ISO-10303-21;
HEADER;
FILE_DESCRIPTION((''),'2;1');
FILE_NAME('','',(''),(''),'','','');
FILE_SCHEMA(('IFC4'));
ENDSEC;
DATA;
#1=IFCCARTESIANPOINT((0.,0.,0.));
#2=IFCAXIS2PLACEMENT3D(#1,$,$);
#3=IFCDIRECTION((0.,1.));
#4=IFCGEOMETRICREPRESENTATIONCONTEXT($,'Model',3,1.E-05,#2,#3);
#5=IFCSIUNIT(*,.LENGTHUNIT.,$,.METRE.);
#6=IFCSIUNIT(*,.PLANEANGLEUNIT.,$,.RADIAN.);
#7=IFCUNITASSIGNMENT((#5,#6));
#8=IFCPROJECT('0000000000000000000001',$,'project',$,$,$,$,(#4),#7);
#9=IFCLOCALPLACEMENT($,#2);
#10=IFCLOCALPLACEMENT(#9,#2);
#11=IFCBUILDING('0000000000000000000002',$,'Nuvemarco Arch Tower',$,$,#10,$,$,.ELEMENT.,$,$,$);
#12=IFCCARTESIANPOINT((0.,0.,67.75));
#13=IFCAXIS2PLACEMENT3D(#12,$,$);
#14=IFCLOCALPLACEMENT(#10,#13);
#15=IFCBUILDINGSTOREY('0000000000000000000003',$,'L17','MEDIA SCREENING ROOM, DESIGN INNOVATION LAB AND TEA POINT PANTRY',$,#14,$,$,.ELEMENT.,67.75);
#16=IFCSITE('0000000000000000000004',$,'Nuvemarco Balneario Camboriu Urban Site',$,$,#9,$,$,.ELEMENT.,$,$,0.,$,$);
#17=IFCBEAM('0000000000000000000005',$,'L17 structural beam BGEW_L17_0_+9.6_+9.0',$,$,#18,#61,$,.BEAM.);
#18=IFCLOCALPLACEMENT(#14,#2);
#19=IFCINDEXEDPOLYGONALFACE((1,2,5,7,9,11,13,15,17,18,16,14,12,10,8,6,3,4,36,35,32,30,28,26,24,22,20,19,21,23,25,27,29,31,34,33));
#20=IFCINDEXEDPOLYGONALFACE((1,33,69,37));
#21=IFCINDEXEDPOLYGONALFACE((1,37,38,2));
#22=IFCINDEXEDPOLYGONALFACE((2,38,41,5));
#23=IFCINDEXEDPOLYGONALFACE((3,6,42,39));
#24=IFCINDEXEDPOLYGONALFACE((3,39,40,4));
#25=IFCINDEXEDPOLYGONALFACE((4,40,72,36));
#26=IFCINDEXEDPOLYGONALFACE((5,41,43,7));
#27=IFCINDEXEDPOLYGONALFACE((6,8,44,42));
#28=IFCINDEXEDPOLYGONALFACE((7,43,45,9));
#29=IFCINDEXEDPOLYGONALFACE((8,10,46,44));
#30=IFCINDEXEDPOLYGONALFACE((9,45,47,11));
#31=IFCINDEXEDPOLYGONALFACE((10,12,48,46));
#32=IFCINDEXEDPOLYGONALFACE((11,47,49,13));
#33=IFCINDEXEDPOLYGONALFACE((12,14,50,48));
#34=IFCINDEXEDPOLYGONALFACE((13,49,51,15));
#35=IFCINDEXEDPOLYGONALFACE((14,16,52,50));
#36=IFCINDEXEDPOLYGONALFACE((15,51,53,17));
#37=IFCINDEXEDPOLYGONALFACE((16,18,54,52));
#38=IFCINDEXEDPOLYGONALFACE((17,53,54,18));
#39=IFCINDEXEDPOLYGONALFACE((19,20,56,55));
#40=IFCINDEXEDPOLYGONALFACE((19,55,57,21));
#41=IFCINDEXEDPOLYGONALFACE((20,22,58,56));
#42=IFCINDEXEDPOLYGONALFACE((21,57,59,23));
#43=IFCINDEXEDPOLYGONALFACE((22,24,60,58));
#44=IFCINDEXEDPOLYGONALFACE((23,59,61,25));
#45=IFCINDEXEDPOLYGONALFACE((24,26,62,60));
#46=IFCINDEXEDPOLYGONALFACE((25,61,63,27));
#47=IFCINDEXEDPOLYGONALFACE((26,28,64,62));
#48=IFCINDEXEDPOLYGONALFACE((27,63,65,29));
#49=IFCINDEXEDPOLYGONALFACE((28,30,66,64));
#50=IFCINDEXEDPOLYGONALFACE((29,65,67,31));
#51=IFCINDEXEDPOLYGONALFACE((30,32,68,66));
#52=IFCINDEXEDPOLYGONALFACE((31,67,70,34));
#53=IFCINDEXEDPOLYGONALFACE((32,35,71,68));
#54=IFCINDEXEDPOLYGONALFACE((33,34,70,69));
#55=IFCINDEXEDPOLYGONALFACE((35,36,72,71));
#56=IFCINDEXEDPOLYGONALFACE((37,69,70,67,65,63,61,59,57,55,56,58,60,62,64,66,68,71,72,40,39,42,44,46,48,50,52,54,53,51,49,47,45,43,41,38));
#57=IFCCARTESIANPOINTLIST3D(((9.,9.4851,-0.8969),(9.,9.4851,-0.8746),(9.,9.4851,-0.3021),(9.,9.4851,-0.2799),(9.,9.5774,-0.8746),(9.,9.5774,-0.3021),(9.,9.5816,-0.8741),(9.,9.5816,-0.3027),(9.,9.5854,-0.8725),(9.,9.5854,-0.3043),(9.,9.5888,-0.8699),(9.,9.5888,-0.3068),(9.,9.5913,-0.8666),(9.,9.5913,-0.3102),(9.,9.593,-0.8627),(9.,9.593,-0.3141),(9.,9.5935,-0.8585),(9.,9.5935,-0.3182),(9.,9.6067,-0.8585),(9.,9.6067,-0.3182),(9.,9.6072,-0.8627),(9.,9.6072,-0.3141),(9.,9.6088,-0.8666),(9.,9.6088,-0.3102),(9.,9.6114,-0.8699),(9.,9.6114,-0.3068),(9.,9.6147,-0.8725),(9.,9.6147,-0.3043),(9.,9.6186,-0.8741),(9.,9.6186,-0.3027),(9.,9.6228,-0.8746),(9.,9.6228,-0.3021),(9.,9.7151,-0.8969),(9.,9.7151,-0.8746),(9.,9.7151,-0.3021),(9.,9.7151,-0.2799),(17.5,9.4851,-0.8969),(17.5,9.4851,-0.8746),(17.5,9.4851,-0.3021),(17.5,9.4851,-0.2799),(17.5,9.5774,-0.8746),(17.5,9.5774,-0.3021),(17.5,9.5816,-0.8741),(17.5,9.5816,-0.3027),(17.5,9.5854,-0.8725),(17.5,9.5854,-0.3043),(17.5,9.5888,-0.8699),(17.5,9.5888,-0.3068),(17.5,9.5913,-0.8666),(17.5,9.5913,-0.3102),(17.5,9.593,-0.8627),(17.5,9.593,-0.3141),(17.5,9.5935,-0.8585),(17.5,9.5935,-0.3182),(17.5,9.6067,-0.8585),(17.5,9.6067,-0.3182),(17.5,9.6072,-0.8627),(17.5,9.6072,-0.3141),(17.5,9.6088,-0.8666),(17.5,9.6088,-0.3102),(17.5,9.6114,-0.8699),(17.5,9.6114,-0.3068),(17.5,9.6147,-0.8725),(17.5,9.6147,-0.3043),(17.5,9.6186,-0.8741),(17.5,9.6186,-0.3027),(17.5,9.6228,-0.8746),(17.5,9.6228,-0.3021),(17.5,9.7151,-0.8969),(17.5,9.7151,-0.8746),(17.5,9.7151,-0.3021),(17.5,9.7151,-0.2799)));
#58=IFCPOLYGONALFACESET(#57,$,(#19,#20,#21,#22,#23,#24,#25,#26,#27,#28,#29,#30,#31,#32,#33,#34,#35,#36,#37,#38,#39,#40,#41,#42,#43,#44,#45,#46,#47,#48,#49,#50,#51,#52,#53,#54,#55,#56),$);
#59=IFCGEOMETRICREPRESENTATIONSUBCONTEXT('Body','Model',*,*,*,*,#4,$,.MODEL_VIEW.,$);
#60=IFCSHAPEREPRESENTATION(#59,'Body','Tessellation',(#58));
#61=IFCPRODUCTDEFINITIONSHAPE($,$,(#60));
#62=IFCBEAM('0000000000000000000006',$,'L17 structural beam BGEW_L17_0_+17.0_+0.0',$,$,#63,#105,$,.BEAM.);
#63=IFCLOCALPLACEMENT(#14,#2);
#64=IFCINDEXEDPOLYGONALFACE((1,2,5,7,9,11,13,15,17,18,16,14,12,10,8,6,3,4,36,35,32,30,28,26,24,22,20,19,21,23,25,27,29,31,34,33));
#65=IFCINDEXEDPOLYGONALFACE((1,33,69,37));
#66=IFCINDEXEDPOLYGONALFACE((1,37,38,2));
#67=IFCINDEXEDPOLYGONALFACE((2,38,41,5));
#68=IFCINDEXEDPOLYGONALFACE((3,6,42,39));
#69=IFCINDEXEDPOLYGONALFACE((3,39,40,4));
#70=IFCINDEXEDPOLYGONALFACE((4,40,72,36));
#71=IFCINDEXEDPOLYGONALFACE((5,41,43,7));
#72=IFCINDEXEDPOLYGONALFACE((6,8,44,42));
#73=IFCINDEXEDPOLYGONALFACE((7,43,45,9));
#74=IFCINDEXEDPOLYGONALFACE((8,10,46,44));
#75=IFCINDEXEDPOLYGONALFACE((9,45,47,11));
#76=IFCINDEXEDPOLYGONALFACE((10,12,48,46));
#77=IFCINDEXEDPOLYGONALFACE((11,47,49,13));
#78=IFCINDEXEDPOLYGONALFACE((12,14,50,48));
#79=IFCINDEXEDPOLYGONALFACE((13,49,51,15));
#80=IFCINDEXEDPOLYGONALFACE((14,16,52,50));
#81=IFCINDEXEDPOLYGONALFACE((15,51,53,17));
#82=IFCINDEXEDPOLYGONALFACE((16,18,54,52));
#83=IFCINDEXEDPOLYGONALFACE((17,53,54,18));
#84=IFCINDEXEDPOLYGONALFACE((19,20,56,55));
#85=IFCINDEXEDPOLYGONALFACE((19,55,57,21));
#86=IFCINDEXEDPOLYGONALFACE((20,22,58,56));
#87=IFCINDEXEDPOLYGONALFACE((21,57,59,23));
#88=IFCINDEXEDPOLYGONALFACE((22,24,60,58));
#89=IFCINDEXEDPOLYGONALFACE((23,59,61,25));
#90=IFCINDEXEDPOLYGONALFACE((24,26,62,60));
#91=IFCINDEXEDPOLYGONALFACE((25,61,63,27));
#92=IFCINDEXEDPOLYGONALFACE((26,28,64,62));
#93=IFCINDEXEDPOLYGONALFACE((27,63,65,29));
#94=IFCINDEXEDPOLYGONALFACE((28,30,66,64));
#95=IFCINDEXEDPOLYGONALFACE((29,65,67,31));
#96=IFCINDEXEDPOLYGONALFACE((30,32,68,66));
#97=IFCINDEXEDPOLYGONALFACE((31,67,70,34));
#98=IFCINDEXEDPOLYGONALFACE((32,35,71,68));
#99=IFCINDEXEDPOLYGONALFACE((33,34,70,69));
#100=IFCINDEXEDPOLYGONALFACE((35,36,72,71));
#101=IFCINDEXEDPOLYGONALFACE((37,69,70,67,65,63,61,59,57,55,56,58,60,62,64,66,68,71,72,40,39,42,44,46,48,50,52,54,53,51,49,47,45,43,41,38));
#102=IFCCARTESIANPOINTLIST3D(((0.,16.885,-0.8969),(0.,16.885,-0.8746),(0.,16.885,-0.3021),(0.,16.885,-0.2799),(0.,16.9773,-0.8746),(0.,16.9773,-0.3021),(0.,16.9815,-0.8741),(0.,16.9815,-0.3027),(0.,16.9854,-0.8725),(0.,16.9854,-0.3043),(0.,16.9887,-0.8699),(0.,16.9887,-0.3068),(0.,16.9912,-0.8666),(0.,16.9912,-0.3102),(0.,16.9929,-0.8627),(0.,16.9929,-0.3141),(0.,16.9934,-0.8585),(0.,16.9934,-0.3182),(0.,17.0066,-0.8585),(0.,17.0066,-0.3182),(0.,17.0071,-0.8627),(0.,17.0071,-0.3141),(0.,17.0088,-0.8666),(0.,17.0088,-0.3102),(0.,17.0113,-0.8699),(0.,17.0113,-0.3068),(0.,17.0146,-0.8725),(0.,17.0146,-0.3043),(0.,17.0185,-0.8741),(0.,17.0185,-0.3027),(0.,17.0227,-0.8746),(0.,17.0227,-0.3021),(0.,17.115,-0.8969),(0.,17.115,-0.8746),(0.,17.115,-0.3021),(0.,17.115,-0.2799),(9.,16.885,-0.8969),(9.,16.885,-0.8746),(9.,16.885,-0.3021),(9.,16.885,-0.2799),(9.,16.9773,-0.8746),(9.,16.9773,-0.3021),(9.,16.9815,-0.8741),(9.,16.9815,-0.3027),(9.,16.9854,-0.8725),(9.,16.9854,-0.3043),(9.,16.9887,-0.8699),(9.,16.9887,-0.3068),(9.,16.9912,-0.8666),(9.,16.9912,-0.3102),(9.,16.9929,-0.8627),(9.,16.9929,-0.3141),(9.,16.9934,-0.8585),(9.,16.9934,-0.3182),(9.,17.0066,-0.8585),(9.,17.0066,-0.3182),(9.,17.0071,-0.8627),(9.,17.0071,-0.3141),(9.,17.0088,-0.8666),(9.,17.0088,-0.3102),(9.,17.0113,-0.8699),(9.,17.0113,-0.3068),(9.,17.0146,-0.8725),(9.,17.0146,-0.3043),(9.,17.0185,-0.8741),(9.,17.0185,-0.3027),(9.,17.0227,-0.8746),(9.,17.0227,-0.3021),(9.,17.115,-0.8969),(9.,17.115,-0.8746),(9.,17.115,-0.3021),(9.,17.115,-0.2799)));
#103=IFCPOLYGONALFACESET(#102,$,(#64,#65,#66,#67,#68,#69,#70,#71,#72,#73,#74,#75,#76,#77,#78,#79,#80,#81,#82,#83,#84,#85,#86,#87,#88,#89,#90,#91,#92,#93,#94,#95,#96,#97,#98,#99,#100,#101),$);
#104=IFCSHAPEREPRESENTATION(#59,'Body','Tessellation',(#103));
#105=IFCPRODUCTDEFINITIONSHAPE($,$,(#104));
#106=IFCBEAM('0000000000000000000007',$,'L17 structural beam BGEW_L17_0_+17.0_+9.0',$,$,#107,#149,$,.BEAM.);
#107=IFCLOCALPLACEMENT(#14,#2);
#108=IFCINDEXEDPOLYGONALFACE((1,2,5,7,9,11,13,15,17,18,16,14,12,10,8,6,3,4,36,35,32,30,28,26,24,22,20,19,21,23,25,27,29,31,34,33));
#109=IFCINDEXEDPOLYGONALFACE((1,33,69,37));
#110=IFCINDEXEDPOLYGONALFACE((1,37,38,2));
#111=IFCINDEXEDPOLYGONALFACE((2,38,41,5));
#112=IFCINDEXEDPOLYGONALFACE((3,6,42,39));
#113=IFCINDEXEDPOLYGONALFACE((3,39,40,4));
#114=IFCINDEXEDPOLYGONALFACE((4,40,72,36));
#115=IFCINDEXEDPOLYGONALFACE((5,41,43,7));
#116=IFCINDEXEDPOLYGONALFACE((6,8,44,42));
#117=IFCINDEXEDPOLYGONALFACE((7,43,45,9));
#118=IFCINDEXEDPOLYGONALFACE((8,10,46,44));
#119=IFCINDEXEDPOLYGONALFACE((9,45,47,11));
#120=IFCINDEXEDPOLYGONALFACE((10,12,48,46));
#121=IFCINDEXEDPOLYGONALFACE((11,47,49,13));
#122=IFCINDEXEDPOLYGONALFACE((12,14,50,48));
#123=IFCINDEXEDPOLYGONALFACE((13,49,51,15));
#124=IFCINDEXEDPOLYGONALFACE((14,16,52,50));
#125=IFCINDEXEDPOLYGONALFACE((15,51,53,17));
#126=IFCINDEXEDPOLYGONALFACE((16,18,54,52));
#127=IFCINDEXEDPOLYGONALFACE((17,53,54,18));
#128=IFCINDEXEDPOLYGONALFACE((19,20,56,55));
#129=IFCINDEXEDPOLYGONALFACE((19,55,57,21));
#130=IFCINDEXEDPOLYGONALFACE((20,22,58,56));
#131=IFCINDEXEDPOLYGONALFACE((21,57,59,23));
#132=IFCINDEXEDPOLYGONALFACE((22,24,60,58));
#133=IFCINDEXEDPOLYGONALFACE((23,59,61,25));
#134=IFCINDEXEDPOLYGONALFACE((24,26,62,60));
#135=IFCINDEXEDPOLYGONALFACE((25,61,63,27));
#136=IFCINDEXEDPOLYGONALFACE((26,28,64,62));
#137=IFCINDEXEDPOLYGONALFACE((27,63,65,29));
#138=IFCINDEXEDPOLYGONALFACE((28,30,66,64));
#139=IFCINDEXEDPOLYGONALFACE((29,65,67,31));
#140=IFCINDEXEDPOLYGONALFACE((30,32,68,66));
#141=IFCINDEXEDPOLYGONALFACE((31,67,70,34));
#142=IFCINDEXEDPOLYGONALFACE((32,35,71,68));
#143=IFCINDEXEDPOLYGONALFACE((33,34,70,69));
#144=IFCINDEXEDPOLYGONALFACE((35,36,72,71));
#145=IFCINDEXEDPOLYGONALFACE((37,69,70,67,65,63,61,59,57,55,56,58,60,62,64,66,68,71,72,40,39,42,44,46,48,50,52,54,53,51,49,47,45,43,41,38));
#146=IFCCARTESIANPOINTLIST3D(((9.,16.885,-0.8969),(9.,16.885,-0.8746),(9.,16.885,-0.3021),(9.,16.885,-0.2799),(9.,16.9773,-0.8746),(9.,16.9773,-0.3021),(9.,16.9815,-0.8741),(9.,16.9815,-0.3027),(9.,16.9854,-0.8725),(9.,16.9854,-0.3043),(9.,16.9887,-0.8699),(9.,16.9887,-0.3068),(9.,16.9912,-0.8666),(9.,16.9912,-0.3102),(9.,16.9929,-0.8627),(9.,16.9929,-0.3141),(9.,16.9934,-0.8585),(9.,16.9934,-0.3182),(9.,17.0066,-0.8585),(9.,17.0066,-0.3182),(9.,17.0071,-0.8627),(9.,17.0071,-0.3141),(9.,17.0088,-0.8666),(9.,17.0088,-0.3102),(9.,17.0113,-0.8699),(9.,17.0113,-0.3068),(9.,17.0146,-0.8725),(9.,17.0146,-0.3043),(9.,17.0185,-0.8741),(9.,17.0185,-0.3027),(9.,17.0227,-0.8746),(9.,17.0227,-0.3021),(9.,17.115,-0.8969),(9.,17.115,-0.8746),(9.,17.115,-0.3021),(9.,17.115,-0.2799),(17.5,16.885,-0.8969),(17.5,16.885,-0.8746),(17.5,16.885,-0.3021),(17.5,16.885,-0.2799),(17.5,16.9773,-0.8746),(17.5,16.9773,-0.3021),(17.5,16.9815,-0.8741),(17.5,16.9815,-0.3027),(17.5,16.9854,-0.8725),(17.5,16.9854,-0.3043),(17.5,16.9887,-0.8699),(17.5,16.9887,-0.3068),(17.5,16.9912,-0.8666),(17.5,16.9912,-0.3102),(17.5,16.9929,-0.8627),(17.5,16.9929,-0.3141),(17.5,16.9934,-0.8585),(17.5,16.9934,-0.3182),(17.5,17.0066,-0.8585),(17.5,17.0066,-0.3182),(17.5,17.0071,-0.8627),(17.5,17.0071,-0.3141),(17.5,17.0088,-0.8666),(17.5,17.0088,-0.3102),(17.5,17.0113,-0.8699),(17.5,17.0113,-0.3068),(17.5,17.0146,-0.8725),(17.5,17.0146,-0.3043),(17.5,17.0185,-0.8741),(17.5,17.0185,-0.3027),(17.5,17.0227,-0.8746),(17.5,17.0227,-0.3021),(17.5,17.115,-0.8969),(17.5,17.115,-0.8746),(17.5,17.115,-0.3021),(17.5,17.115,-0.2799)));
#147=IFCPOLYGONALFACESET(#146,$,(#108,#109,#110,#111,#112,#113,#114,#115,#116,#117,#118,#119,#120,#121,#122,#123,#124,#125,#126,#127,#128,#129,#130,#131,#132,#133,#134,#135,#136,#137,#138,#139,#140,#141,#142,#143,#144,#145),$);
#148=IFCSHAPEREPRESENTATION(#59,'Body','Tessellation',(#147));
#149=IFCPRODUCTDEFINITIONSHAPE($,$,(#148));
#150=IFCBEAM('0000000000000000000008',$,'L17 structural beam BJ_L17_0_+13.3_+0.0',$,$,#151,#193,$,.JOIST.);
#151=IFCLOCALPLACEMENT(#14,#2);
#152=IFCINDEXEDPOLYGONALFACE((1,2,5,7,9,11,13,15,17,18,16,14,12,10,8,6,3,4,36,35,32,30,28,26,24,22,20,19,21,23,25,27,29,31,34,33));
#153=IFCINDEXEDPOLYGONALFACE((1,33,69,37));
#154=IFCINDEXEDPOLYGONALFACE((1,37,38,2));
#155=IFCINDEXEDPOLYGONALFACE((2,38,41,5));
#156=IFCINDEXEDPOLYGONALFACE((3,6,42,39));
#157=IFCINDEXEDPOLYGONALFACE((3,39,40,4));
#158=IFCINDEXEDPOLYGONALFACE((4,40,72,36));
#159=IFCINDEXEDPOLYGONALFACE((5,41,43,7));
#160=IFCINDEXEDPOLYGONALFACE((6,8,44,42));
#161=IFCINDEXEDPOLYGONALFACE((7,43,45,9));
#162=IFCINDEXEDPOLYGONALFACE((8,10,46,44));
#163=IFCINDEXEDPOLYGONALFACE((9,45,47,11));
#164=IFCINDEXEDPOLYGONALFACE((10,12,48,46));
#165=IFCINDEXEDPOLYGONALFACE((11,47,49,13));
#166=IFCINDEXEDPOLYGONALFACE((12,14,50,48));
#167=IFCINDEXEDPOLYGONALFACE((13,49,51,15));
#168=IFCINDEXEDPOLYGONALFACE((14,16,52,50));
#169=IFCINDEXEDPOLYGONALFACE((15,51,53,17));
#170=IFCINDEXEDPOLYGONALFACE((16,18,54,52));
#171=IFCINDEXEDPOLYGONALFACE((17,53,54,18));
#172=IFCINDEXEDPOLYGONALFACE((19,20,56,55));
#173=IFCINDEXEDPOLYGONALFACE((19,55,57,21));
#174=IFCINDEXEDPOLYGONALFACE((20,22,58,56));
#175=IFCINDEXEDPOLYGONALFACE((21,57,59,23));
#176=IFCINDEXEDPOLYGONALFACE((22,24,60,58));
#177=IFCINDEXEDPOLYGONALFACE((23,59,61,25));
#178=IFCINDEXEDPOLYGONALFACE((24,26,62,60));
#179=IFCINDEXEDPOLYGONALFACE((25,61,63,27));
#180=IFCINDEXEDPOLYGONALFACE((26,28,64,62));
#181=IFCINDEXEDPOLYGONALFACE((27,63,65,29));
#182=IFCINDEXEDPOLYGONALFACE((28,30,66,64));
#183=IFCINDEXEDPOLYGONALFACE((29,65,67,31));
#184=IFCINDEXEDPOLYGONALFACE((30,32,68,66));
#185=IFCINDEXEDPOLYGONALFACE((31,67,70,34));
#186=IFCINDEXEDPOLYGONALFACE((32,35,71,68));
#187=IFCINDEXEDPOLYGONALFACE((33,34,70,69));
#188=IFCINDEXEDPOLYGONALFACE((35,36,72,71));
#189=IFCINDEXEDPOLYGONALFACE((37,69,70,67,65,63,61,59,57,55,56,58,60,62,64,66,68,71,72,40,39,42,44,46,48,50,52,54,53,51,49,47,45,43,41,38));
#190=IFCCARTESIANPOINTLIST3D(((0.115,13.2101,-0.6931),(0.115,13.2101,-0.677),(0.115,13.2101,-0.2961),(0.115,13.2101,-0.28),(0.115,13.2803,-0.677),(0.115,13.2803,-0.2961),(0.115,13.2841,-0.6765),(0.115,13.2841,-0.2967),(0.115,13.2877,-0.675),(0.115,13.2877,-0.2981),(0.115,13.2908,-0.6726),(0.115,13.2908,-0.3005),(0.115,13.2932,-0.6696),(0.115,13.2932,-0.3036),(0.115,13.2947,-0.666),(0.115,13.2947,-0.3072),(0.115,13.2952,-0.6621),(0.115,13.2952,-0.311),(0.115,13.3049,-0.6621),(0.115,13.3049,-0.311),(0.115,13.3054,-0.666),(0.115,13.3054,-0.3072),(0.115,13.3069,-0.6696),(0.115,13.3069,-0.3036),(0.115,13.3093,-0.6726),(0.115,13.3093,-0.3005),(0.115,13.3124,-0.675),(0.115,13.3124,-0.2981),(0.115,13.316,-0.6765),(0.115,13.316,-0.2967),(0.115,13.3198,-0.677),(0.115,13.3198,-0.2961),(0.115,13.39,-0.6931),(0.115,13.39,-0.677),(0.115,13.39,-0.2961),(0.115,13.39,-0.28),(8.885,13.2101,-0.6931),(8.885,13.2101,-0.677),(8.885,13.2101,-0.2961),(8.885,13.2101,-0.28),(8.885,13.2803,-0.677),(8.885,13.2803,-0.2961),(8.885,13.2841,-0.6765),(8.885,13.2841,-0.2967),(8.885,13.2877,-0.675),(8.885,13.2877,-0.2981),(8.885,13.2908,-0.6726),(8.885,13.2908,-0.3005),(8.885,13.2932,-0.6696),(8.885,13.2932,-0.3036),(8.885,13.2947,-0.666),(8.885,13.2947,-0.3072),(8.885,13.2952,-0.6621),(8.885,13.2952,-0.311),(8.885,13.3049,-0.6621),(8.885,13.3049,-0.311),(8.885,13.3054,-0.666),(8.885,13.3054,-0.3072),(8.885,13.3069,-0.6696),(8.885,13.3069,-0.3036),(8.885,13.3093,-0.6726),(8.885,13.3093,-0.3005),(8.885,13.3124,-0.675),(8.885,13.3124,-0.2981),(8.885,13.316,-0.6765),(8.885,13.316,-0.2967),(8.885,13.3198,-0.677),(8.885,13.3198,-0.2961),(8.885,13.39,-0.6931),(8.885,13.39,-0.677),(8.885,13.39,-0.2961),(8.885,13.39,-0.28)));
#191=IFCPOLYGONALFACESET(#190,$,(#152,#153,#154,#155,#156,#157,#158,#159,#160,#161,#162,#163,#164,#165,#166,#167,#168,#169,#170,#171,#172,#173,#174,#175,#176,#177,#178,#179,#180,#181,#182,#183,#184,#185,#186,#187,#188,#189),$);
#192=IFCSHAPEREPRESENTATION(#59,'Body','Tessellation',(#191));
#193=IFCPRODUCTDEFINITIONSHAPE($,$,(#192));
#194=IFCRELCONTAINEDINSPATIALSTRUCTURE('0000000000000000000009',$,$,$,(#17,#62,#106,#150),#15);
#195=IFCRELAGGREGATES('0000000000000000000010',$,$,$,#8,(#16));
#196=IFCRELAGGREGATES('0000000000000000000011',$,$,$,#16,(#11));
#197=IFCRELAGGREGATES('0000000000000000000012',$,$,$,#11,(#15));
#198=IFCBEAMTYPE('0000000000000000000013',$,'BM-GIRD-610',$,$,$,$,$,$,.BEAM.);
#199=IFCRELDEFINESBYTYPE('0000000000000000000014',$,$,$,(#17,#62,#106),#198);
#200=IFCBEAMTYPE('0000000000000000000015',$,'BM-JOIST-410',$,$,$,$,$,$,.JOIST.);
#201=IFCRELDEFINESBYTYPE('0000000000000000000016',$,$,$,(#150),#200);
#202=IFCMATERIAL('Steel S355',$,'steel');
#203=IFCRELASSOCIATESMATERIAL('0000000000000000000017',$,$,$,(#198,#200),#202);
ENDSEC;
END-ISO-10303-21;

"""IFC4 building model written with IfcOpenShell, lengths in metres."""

from ifc_helpers import new_model, si_unit, direction, frame, origin, origin_2d, place, context, subcontext, project, spatial, i_section, extrude, material, material_profile, profile_set, type_object, element, save


model = new_model("IFC4")

# Units and contexts
model_context = context("Model", 3, precision=1e-05, world=origin(), true_north=direction((0.0, 1.0)))
body_context = subcontext(model_context, "Body", "Model", "MODEL_VIEW")
ifc_project = project(units=[si_unit("LENGTHUNIT", "METRE"), si_unit("PLANEANGLEUNIT", "RADIAN")], contexts=[model_context])

# Site, building, storey
site_placement = place(None, origin())
site = spatial("IfcSite", under=ifc_project, at=site_placement, Name="Nuvemarco Balneario Camboriu Urban Site", CompositionType="ELEMENT", RefElevation=0.0)
building_placement = place(site_placement, origin())
building = spatial("IfcBuilding", under=site, at=building_placement, Name="Nuvemarco Arch Tower", CompositionType="ELEMENT")
storey_placement = place(building_placement, frame((0.0, 0.0, 67.75)))
storey = spatial("IfcBuildingStorey", under=building, at=storey_placement, Name="L17", Description="MEDIA SCREENING ROOM, DESIGN INNOVATION LAB AND TEA POINT PANTRY", CompositionType="ELEMENT", Elevation=67.75)

# Shared definitions
ifc_material_1 = material(Name="Steel S355", Category="steel")

# Beams
ifc_material_profile_1 = material_profile(ifc_material_1, i_section(OverallWidth=0.23, OverallDepth=0.6169, WebThickness=0.0132, FlangeThickness=0.0222, FilletRadius=0.0161, at=origin_2d()), Name="W610x140")
ifc_profile_set_1 = profile_set([ifc_material_profile_1], Name="Steel S355")
beam_type_1 = type_object("IfcBeamType", Name="BM-GIRD-610", PredefinedType="BEAM", material=ifc_profile_set_1)
beam_1_placement = place(storey_placement, frame((9.0, 9.6001, -0.5884), z_axis=(1.0, 0.0, 0.0), x_axis=(0.0, 1.0, 0.0)))
element("IfcBeam", 1, at=beam_1_placement, inside=storey, type_object=beam_type_1, Name="L17 structural beam BGEW_L17_0_+9.6_+9.0", PredefinedType="BEAM", context=body_context, shape_type="SweptSolid", body=[
    extrude(i_section(OverallWidth=0.23, OverallDepth=0.6169, WebThickness=0.0132, FlangeThickness=0.0222, FilletRadius=0.0161, at=origin_2d()), origin(), (0.0, 0.0, 1.0), 8.5),
])
beam_2_placement = place(storey_placement, frame((0.0, 17.0, -0.5884), z_axis=(1.0, 0.0, 0.0), x_axis=(0.0, 1.0, 0.0)))
element("IfcBeam", 2, at=beam_2_placement, inside=storey, type_object=beam_type_1, Name="L17 structural beam BGEW_L17_0_+17.0_+0.0", PredefinedType="BEAM", context=body_context, shape_type="SweptSolid", body=[
    extrude(i_section(OverallWidth=0.23, OverallDepth=0.6169, WebThickness=0.0132, FlangeThickness=0.0222, FilletRadius=0.0161, at=origin_2d()), origin(), (0.0, 0.0, 1.0), 9.0),
])
beam_3_placement = place(storey_placement, frame((9.0, 17.0, -0.5884), z_axis=(1.0, 0.0, 0.0), x_axis=(0.0, 1.0, 0.0)))
element("IfcBeam", 3, at=beam_3_placement, inside=storey, type_object=beam_type_1, Name="L17 structural beam BGEW_L17_0_+17.0_+9.0", PredefinedType="BEAM", context=body_context, shape_type="SweptSolid", body=[
    extrude(i_section(OverallWidth=0.23, OverallDepth=0.6169, WebThickness=0.0132, FlangeThickness=0.0222, FilletRadius=0.0161, at=origin_2d()), origin(), (0.0, 0.0, 1.0), 8.5),
])
ifc_material_profile_2 = material_profile(ifc_material_1, i_section(OverallWidth=0.1799, OverallDepth=0.4131, WebThickness=0.0098, FlangeThickness=0.0161, FilletRadius=0.0149, at=origin_2d()), Name="W410x75")
ifc_profile_set_2 = profile_set([ifc_material_profile_2], Name="Steel S355")
beam_type_2 = type_object("IfcBeamType", Name="BM-JOIST-410", PredefinedType="JOIST", material=ifc_profile_set_2)
beam_4_placement = place(storey_placement, frame((0.115, 13.3, -0.4866), z_axis=(1.0, 0.0, 0.0), x_axis=(0.0, 1.0, 0.0)))
element("IfcBeam", 4, at=beam_4_placement, inside=storey, type_object=beam_type_2, Name="L17 structural beam BJ_L17_0_+13.3_+0.0", PredefinedType="JOIST", context=body_context, shape_type="SweptSolid", body=[
    extrude(i_section(OverallWidth=0.1799, OverallDepth=0.4131, WebThickness=0.0098, FlangeThickness=0.0161, FilletRadius=0.0149, at=origin_2d()), origin(), (0.0, 0.0, 1.0), 8.77),
])

save(model, "model.ifc")
